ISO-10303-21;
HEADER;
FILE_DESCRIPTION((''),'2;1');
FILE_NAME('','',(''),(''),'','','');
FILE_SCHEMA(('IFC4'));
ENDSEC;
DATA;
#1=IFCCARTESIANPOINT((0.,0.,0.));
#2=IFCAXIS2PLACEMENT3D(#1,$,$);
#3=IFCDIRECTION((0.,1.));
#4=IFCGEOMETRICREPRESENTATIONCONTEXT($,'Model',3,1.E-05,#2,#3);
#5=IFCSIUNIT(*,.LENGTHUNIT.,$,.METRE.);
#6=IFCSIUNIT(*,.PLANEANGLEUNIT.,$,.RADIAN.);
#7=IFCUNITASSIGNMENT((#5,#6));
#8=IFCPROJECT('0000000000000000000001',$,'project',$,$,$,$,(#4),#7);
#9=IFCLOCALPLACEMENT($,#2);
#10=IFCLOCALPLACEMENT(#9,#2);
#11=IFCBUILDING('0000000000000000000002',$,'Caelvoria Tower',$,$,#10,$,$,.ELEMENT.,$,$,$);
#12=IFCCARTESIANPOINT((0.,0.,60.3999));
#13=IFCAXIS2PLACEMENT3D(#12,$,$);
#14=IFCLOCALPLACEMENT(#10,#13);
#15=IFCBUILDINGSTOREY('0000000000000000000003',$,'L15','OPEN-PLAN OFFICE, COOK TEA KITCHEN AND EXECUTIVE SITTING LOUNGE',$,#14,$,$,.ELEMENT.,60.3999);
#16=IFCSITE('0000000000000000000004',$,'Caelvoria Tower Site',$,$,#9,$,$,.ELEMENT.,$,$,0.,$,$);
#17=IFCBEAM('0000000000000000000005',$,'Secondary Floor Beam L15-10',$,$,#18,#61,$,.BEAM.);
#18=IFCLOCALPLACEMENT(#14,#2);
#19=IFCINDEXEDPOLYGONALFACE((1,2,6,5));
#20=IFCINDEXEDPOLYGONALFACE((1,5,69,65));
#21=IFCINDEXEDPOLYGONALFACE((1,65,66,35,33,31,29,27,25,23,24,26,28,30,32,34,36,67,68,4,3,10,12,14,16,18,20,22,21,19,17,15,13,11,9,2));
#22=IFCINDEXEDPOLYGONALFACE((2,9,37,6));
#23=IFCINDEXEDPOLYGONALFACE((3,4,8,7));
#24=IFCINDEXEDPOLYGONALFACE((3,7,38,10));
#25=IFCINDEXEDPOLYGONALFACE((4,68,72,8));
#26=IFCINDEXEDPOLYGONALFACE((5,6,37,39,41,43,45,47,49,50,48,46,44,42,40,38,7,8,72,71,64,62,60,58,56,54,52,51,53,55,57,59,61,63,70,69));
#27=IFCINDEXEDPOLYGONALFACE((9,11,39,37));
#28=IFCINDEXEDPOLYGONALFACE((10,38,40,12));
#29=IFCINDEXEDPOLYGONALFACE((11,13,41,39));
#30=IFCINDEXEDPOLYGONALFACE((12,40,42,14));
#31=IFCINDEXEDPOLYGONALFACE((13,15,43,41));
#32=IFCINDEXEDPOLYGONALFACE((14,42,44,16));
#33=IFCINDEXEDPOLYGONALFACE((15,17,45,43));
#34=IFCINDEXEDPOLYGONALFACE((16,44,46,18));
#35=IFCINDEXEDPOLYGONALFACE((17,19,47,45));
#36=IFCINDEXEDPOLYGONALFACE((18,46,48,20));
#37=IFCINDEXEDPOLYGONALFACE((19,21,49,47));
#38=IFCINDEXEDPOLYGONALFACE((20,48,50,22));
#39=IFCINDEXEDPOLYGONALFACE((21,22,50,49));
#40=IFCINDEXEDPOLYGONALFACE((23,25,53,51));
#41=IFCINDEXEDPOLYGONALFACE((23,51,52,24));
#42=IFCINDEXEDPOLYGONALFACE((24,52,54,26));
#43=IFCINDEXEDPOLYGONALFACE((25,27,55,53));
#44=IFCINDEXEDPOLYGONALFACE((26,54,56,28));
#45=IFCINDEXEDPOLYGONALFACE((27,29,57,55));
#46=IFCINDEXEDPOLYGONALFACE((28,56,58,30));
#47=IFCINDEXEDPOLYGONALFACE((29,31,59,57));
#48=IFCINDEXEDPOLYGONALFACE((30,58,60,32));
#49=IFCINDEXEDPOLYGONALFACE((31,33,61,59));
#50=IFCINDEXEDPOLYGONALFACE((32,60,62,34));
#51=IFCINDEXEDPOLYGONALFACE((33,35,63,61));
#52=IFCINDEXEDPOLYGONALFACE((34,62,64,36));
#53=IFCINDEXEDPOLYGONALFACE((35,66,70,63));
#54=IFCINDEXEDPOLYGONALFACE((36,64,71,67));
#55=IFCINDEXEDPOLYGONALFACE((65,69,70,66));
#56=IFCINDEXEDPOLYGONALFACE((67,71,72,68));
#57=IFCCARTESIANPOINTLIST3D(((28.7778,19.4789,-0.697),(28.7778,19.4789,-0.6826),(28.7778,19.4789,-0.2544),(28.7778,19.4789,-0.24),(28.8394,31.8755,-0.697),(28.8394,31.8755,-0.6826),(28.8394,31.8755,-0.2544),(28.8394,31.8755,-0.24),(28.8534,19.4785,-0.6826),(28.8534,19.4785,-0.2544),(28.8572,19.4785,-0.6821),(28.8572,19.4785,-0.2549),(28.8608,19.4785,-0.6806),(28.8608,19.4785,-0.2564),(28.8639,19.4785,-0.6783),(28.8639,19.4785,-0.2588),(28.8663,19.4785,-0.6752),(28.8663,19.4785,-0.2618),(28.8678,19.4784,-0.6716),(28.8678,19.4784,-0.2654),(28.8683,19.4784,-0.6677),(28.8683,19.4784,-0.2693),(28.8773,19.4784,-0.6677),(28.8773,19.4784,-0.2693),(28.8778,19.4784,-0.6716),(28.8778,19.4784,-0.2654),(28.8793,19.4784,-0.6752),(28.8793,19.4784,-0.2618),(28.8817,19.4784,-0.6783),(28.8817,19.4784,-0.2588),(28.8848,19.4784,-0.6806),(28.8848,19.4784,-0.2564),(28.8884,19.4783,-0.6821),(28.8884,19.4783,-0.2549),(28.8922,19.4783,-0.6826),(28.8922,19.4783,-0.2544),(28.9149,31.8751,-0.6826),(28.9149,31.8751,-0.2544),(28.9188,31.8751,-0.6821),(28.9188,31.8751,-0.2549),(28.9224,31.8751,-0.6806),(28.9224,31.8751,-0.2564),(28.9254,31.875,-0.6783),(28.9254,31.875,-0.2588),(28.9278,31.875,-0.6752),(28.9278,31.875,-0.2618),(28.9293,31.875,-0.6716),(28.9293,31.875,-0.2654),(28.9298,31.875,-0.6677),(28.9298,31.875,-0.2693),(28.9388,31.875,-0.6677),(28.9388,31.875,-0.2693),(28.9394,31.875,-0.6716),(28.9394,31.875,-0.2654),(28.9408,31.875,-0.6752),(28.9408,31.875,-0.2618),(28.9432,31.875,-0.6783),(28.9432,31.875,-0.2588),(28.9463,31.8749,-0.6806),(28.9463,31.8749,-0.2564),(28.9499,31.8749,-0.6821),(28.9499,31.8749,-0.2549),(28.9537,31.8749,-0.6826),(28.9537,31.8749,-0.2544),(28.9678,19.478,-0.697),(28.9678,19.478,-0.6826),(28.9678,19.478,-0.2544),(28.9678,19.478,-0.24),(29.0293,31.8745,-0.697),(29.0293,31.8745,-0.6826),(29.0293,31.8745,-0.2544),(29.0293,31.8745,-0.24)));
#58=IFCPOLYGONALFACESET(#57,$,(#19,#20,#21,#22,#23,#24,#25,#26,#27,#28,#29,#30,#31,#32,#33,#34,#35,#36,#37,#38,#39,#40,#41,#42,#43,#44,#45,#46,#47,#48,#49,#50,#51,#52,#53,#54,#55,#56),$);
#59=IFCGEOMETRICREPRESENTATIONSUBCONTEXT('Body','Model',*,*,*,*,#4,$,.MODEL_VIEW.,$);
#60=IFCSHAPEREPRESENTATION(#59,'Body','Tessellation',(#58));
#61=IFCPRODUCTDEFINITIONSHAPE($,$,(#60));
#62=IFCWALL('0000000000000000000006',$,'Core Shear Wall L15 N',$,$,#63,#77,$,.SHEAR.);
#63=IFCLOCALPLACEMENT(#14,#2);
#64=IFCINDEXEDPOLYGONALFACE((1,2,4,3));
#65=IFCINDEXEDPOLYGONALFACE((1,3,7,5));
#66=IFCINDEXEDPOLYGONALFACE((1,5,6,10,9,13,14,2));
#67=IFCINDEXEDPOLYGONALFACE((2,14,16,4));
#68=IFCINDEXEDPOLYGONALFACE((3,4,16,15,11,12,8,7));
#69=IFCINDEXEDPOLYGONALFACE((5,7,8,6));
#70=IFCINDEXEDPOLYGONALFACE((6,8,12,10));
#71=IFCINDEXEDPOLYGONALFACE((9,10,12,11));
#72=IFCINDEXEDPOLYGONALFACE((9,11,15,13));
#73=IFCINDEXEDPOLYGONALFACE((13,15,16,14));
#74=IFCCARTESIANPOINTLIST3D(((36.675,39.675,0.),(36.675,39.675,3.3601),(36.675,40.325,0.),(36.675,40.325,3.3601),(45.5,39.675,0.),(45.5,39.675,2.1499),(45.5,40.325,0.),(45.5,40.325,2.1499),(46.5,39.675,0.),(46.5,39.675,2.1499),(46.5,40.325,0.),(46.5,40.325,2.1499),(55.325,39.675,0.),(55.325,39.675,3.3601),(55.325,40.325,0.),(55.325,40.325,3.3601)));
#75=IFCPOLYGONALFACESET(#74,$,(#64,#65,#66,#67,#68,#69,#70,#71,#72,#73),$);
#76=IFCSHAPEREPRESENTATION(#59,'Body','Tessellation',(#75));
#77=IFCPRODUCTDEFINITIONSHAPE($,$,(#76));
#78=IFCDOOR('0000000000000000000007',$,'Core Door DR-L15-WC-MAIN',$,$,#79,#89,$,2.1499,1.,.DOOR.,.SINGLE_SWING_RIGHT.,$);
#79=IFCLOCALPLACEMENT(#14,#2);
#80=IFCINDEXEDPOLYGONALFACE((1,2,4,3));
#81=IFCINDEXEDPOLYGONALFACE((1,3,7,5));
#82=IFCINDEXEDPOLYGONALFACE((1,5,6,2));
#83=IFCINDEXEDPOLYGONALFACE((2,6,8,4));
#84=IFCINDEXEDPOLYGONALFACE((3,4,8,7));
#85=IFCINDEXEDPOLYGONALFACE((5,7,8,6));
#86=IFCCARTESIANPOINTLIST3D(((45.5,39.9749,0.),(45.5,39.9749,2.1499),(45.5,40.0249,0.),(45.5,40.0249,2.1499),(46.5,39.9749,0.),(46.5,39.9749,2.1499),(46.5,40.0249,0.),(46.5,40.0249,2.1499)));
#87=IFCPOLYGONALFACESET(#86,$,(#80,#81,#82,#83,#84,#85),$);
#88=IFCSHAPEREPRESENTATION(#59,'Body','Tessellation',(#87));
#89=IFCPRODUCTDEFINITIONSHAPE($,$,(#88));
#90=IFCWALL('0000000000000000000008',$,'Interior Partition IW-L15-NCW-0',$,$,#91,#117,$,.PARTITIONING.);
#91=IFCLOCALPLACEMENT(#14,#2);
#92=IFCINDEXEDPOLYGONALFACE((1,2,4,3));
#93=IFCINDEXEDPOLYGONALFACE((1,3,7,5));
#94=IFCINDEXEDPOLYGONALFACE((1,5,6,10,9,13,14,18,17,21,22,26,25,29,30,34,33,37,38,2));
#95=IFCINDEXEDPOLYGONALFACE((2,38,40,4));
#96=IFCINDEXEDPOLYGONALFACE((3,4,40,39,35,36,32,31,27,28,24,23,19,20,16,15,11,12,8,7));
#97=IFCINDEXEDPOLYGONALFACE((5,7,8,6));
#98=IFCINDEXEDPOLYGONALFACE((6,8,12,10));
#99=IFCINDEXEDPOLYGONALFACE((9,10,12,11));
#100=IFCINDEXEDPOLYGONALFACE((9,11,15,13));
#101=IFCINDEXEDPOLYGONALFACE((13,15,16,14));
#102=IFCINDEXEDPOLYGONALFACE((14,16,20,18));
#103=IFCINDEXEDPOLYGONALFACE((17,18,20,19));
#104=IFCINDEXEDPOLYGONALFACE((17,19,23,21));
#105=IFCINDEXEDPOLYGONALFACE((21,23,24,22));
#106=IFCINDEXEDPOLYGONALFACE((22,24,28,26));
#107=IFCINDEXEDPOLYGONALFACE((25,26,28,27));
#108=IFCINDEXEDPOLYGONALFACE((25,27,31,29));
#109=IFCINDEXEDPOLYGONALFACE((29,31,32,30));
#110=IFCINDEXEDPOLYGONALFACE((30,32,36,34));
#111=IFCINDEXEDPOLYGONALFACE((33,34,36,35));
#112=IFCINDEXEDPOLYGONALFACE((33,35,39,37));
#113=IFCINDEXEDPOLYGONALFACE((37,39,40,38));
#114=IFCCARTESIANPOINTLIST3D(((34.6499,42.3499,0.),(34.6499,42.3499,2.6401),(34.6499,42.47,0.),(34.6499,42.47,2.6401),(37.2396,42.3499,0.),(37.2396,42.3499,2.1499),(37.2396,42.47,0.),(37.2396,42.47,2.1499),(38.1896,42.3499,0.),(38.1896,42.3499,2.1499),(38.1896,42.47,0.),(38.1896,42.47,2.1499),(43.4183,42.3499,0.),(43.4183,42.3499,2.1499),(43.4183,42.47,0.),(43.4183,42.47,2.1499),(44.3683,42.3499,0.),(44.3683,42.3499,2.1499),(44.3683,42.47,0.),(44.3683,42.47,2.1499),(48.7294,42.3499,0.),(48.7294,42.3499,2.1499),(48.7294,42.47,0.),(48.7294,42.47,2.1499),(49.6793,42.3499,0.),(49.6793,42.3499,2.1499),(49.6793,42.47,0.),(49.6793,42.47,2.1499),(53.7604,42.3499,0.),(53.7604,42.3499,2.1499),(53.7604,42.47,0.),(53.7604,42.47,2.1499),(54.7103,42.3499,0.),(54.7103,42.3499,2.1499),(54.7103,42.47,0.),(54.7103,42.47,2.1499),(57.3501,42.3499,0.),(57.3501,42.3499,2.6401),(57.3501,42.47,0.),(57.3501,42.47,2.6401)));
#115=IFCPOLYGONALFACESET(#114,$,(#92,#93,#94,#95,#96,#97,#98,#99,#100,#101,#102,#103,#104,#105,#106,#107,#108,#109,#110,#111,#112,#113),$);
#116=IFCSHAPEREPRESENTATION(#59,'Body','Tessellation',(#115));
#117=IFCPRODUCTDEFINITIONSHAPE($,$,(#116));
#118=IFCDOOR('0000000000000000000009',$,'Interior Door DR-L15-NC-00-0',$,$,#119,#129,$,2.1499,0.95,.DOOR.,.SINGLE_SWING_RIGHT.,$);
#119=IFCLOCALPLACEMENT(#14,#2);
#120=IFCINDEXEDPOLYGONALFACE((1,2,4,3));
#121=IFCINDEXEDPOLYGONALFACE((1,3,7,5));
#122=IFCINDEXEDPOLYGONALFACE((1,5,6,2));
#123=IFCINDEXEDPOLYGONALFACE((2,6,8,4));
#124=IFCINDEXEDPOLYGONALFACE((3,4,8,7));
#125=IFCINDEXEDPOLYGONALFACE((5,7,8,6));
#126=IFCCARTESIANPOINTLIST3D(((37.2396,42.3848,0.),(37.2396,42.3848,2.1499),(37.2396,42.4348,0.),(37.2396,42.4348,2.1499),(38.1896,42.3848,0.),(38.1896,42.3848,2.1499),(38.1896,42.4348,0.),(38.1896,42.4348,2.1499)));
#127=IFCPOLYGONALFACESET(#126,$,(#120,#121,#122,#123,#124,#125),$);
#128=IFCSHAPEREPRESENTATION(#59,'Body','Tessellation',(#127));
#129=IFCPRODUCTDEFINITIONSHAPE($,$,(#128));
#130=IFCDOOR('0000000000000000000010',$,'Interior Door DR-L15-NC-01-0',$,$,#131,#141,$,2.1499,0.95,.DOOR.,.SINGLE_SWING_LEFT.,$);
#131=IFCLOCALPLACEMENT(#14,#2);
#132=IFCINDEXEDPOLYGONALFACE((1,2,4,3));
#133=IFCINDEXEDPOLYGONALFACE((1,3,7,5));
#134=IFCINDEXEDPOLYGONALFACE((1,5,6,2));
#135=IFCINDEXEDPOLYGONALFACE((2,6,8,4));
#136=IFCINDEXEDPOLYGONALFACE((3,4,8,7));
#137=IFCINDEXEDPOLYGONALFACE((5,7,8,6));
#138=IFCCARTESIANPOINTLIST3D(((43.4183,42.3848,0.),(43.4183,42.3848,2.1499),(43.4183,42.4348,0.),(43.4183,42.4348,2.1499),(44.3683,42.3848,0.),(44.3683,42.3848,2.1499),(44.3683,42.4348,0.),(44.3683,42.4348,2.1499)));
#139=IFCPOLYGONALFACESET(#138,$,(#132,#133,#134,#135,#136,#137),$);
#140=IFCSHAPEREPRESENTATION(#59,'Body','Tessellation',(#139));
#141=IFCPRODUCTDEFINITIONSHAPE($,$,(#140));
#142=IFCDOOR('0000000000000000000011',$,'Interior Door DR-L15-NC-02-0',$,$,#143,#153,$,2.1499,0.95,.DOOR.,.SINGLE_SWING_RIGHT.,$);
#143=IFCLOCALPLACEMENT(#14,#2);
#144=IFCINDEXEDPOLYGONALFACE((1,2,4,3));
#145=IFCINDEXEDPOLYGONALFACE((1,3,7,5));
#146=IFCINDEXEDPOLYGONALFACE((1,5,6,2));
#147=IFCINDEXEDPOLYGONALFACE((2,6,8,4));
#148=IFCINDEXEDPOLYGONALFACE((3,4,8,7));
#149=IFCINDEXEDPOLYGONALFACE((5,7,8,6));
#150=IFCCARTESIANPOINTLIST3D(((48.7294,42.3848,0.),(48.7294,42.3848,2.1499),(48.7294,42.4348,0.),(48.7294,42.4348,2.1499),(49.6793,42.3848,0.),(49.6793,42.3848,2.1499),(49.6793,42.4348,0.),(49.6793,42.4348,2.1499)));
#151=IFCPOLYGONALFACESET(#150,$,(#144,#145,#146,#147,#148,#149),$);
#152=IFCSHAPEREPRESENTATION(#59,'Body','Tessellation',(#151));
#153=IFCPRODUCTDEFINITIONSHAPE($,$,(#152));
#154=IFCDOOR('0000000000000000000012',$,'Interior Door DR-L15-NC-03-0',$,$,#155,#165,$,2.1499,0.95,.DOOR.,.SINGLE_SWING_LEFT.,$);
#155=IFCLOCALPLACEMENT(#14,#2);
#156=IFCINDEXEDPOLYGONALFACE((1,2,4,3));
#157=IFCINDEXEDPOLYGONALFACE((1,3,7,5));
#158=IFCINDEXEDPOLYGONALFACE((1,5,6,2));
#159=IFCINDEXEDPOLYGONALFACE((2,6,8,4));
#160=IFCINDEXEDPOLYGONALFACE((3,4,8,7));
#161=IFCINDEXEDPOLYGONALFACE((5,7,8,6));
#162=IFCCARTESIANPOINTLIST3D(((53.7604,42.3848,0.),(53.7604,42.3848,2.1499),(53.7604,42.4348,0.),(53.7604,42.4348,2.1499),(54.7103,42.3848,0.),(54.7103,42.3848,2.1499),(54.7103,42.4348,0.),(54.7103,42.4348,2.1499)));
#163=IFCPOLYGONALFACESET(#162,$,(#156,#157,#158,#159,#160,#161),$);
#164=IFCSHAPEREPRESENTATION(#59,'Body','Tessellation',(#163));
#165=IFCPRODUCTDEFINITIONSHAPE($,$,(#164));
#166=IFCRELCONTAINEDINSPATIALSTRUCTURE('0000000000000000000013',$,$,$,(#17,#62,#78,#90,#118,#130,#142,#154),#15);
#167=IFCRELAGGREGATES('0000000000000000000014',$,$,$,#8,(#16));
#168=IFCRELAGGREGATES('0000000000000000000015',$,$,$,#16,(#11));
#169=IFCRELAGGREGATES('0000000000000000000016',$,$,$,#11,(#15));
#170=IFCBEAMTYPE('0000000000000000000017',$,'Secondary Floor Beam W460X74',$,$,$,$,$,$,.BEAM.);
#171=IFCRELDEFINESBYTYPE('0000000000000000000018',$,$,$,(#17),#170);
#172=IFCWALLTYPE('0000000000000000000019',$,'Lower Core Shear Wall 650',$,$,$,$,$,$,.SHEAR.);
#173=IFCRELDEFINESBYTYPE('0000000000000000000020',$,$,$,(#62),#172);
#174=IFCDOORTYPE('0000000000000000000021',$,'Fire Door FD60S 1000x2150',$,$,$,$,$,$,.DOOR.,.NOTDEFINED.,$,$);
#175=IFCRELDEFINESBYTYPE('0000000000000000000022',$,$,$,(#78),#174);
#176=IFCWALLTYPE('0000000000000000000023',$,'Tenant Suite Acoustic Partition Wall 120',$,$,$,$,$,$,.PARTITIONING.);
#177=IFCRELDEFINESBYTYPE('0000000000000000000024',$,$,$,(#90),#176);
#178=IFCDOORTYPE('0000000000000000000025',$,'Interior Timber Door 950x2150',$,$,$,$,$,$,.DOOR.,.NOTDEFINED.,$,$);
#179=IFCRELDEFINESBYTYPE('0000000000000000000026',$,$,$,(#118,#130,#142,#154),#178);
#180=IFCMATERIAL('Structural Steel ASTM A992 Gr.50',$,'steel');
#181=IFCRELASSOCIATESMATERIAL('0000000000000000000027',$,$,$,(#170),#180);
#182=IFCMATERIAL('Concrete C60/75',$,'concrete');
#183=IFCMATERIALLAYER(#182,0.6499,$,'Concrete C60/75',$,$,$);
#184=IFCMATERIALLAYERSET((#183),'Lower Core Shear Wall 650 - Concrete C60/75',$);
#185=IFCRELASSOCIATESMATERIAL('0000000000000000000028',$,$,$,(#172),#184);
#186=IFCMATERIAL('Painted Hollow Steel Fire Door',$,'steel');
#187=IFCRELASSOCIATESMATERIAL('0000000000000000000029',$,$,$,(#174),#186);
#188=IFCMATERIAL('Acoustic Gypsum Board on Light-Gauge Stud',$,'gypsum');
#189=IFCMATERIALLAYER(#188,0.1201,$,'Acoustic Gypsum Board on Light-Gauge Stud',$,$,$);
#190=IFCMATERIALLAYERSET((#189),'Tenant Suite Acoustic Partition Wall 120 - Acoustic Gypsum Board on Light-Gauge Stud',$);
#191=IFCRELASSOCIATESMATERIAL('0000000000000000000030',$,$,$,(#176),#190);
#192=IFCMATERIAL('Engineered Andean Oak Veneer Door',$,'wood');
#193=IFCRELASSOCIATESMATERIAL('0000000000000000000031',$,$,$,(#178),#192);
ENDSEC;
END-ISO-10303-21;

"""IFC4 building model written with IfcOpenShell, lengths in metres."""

from ifc_helpers import new_model, si_unit, direction, frame, frame_2d, origin, origin_2d, place, context, subcontext, project, spatial, rectangle, i_section, extrude, material, layer, layer_set, material_profile, profile_set, type_object, element, fill, save


model = new_model("IFC4")

# Units and contexts
model_context = context("Model", 3, precision=1e-05, world=origin(), true_north=direction((0.0, 1.0)))
body_context = subcontext(model_context, "Body", "Model", "MODEL_VIEW")
ifc_project = project(units=[si_unit("LENGTHUNIT", "METRE"), si_unit("PLANEANGLEUNIT", "RADIAN")], contexts=[model_context])

# Site, building, storey
site_placement = place(None, origin())
site = spatial("IfcSite", under=ifc_project, at=site_placement, Name="Caelvoria Tower Site", CompositionType="ELEMENT", RefElevation=0.0)
building_placement = place(site_placement, origin())
building = spatial("IfcBuilding", under=site, at=building_placement, Name="Caelvoria Tower", CompositionType="ELEMENT")
storey_placement = place(building_placement, frame((0.0, 0.0, 60.3999)))
storey = spatial("IfcBuildingStorey", under=building, at=storey_placement, Name="L15", Description="OPEN-PLAN OFFICE, COOK TEA KITCHEN AND EXECUTIVE SITTING LOUNGE", CompositionType="ELEMENT", Elevation=60.3999)

# Beam
ifc_material_1 = material(Name="Structural Steel ASTM A992 Gr.50", Category="steel")
ifc_material_profile_1 = material_profile(ifc_material_1, i_section(OverallWidth=0.1899, OverallDepth=0.457, WebThickness=0.009, FlangeThickness=0.0144, FilletRadius=0.0149, at=origin_2d()), Name="Structural Steel ASTM A992 Gr.50")
ifc_profile_set_1 = profile_set([ifc_material_profile_1], Name="W460X74 - Structural Steel ASTM A992 Gr.50")
beam_type_1 = type_object("IfcBeamType", Name="Secondary Floor Beam W460X74", PredefinedType="BEAM", material=ifc_profile_set_1)
beam_1_placement = place(storey_placement, frame((28.9343, 31.875, -0.4685), z_axis=(-0.004963, -0.999988, 0.0), x_axis=(0.999988, -0.004963, 0.0)))
element("IfcBeam", 1, at=beam_1_placement, inside=storey, type_object=beam_type_1, Name="Secondary Floor Beam L15-10", PredefinedType="BEAM", context=body_context, shape_type="SweptSolid", body=[
    extrude(i_section(OverallWidth=0.1899, OverallDepth=0.457, WebThickness=0.009, FlangeThickness=0.0144, FilletRadius=0.0149, at=origin_2d()), origin(), (0.0, 0.0, 1.0), 12.3967),
])

# Wall, opening, door
ifc_material_2 = material(Name="Concrete C60/75", Category="concrete")
ifc_layer_1 = layer(ifc_material_2, 0.6499, Name="Concrete C60/75")
ifc_layer_set_1 = layer_set([ifc_layer_1], Name="Lower Core Shear Wall 650 - Concrete C60/75")
wall_type_1 = type_object("IfcWallType", Name="Lower Core Shear Wall 650", PredefinedType="SHEAR", material=ifc_layer_set_1)
wall_1_placement = place(storey_placement, frame((36.675, 40.0, 0.0), z_axis=(0.0, 0.0, 1.0), x_axis=(1.0, 0.0, 0.0)))
wall_1 = element("IfcWall", 2, at=wall_1_placement, inside=storey, type_object=wall_type_1, Name="Core Shear Wall L15 N", PredefinedType="SHEAR", context=body_context, shape_type="SweptSolid", body=[
    extrude(rectangle(XDim=18.6499, YDim=0.6499, at=frame_2d((9.325, 0.0))), origin(), (0.0, 0.0, 1.0), 3.3601),
])
opening_1_placement = place(wall_1_placement, frame((8.825, 0.0, 0.0)))
opening_1 = element("IfcOpeningElement", 3, at=opening_1_placement, cuts=wall_1, PredefinedType="OPENING", context=body_context, shape_type="SweptSolid", body=[
    extrude(rectangle(XDim=1.0, YDim=2.1499, at=frame_2d((0.5, 1.075))), frame((0.0, 0.335, 0.0), z_axis=(0.0, -1.0, 0.0), x_axis=(1.0, 0.0, 0.0)), (0.0, 0.0, 1.0), 0.6699),
])
ifc_material_3 = material(Name="Painted Hollow Steel Fire Door", Category="steel")
door_type_1 = type_object("IfcDoorType", Name="Fire Door FD60S 1000x2150", OperationType="NOTDEFINED", PredefinedType="DOOR", material=ifc_material_3)
door_1_placement = place(opening_1_placement, origin())
door_1 = element("IfcDoor", 4, at=door_1_placement, inside=storey, type_object=door_type_1, Name="Core Door DR-L15-WC-MAIN", OperationType="SINGLE_SWING_RIGHT", OverallHeight=2.1499, OverallWidth=1.0, PredefinedType="DOOR", context=body_context, shape_type="SweptSolid", body=[
    extrude(rectangle(XDim=1.0, YDim=2.1499, at=frame_2d((0.5, 1.075))), frame((0.0, 0.0249, 0.0), z_axis=(0.0, -1.0, 0.0), x_axis=(1.0, 0.0, 0.0)), (0.0, 0.0, 1.0), 0.05),
])
fill(opening_1, door_1)

# Wall, openings, doors
ifc_material_4 = material(Name="Acoustic Gypsum Board on Light-Gauge Stud", Category="gypsum")
ifc_layer_2 = layer(ifc_material_4, 0.1201, Name="Acoustic Gypsum Board on Light-Gauge Stud")
ifc_layer_set_2 = layer_set([ifc_layer_2], Name="Tenant Suite Acoustic Partition Wall 120 - Acoustic Gypsum Board on Light-Gauge Stud")
wall_type_2 = type_object("IfcWallType", Name="Tenant Suite Acoustic Partition Wall 120", PredefinedType="PARTITIONING", material=ifc_layer_set_2)
wall_2_placement = place(storey_placement, frame((34.6499, 42.4099, 0.0), z_axis=(0.0, 0.0, 1.0), x_axis=(1.0, 0.0, 0.0)))
wall_2 = element("IfcWall", 5, at=wall_2_placement, inside=storey, type_object=wall_type_2, Name="Interior Partition IW-L15-NCW-0", PredefinedType="PARTITIONING", context=body_context, shape_type="SweptSolid", body=[
    extrude(rectangle(XDim=22.7002, YDim=0.1201, at=frame_2d((11.3501, 0.0))), origin(), (0.0, 0.0, 1.0), 2.6401),
])
opening_2_placement = place(wall_2_placement, frame((2.5896, 0.0, 0.0)))
opening_2 = element("IfcOpeningElement", 6, at=opening_2_placement, cuts=wall_2, PredefinedType="OPENING", context=body_context, shape_type="SweptSolid", body=[
    extrude(rectangle(XDim=0.95, YDim=2.1499, at=frame_2d((0.4751, 1.075))), frame((0.0, 0.0701, 0.0), z_axis=(0.0, -1.0, 0.0), x_axis=(1.0, 0.0, 0.0)), (0.0, 0.0, 1.0), 0.1401),
])
opening_3_placement = place(wall_2_placement, frame((8.7683, 0.0, 0.0)))
opening_3 = element("IfcOpeningElement", 7, at=opening_3_placement, cuts=wall_2, PredefinedType="OPENING", context=body_context, shape_type="SweptSolid", body=[
    extrude(rectangle(XDim=0.95, YDim=2.1499, at=frame_2d((0.4751, 1.075))), frame((0.0, 0.0701, 0.0), z_axis=(0.0, -1.0, 0.0), x_axis=(1.0, 0.0, 0.0)), (0.0, 0.0, 1.0), 0.1401),
])
opening_4_placement = place(wall_2_placement, frame((14.0793, 0.0, 0.0)))
opening_4 = element("IfcOpeningElement", 8, at=opening_4_placement, cuts=wall_2, PredefinedType="OPENING", context=body_context, shape_type="SweptSolid", body=[
    extrude(rectangle(XDim=0.95, YDim=2.1499, at=frame_2d((0.4751, 1.075))), frame((0.0, 0.0701, 0.0), z_axis=(0.0, -1.0, 0.0), x_axis=(1.0, 0.0, 0.0)), (0.0, 0.0, 1.0), 0.1401),
])
opening_5_placement = place(wall_2_placement, frame((19.1104, 0.0, 0.0)))
opening_5 = element("IfcOpeningElement", 9, at=opening_5_placement, cuts=wall_2, PredefinedType="OPENING", context=body_context, shape_type="SweptSolid", body=[
    extrude(rectangle(XDim=0.95, YDim=2.1499, at=frame_2d((0.4751, 1.075))), frame((0.0, 0.0701, 0.0), z_axis=(0.0, -1.0, 0.0), x_axis=(1.0, 0.0, 0.0)), (0.0, 0.0, 1.0), 0.1401),
])
ifc_material_5 = material(Name="Engineered Andean Oak Veneer Door", Category="wood")
door_type_2 = type_object("IfcDoorType", Name="Interior Timber Door 950x2150", OperationType="NOTDEFINED", PredefinedType="DOOR", material=ifc_material_5)
door_2_placement = place(opening_2_placement, origin())
door_2 = element("IfcDoor", 10, at=door_2_placement, inside=storey, type_object=door_type_2, Name="Interior Door DR-L15-NC-00-0", OperationType="SINGLE_SWING_RIGHT", OverallHeight=2.1499, OverallWidth=0.95, PredefinedType="DOOR", context=body_context, shape_type="SweptSolid", body=[
    extrude(rectangle(XDim=0.95, YDim=2.1499, at=frame_2d((0.4751, 1.075))), frame((0.0, 0.0249, 0.0), z_axis=(0.0, -1.0, 0.0), x_axis=(1.0, 0.0, 0.0)), (0.0, 0.0, 1.0), 0.05),
])
fill(opening_2, door_2)
door_3_placement = place(opening_3_placement, origin())
door_3 = element("IfcDoor", 11, at=door_3_placement, inside=storey, type_object=door_type_2, Name="Interior Door DR-L15-NC-01-0", OperationType="SINGLE_SWING_LEFT", OverallHeight=2.1499, OverallWidth=0.95, PredefinedType="DOOR", context=body_context, shape_type="SweptSolid", body=[
    extrude(rectangle(XDim=0.95, YDim=2.1499, at=frame_2d((0.4751, 1.075))), frame((0.0, 0.0249, 0.0), z_axis=(0.0, -1.0, 0.0), x_axis=(1.0, 0.0, 0.0)), (0.0, 0.0, 1.0), 0.05),
])
fill(opening_3, door_3)
door_4_placement = place(opening_4_placement, origin())
door_4 = element("IfcDoor", 12, at=door_4_placement, inside=storey, type_object=door_type_2, Name="Interior Door DR-L15-NC-02-0", OperationType="SINGLE_SWING_RIGHT", OverallHeight=2.1499, OverallWidth=0.95, PredefinedType="DOOR", context=body_context, shape_type="SweptSolid", body=[
    extrude(rectangle(XDim=0.95, YDim=2.1499, at=frame_2d((0.4751, 1.075))), frame((0.0, 0.0249, 0.0), z_axis=(0.0, -1.0, 0.0), x_axis=(1.0, 0.0, 0.0)), (0.0, 0.0, 1.0), 0.05),
])
fill(opening_4, door_4)
door_5_placement = place(opening_5_placement, origin())
door_5 = element("IfcDoor", 13, at=door_5_placement, inside=storey, type_object=door_type_2, Name="Interior Door DR-L15-NC-03-0", OperationType="SINGLE_SWING_LEFT", OverallHeight=2.1499, OverallWidth=0.95, PredefinedType="DOOR", context=body_context, shape_type="SweptSolid", body=[
    extrude(rectangle(XDim=0.95, YDim=2.1499, at=frame_2d((0.4751, 1.075))), frame((0.0, 0.0249, 0.0), z_axis=(0.0, -1.0, 0.0), x_axis=(1.0, 0.0, 0.0)), (0.0, 0.0, 1.0), 0.05),
])
fill(opening_5, door_5)

save(model, "model.ifc")
